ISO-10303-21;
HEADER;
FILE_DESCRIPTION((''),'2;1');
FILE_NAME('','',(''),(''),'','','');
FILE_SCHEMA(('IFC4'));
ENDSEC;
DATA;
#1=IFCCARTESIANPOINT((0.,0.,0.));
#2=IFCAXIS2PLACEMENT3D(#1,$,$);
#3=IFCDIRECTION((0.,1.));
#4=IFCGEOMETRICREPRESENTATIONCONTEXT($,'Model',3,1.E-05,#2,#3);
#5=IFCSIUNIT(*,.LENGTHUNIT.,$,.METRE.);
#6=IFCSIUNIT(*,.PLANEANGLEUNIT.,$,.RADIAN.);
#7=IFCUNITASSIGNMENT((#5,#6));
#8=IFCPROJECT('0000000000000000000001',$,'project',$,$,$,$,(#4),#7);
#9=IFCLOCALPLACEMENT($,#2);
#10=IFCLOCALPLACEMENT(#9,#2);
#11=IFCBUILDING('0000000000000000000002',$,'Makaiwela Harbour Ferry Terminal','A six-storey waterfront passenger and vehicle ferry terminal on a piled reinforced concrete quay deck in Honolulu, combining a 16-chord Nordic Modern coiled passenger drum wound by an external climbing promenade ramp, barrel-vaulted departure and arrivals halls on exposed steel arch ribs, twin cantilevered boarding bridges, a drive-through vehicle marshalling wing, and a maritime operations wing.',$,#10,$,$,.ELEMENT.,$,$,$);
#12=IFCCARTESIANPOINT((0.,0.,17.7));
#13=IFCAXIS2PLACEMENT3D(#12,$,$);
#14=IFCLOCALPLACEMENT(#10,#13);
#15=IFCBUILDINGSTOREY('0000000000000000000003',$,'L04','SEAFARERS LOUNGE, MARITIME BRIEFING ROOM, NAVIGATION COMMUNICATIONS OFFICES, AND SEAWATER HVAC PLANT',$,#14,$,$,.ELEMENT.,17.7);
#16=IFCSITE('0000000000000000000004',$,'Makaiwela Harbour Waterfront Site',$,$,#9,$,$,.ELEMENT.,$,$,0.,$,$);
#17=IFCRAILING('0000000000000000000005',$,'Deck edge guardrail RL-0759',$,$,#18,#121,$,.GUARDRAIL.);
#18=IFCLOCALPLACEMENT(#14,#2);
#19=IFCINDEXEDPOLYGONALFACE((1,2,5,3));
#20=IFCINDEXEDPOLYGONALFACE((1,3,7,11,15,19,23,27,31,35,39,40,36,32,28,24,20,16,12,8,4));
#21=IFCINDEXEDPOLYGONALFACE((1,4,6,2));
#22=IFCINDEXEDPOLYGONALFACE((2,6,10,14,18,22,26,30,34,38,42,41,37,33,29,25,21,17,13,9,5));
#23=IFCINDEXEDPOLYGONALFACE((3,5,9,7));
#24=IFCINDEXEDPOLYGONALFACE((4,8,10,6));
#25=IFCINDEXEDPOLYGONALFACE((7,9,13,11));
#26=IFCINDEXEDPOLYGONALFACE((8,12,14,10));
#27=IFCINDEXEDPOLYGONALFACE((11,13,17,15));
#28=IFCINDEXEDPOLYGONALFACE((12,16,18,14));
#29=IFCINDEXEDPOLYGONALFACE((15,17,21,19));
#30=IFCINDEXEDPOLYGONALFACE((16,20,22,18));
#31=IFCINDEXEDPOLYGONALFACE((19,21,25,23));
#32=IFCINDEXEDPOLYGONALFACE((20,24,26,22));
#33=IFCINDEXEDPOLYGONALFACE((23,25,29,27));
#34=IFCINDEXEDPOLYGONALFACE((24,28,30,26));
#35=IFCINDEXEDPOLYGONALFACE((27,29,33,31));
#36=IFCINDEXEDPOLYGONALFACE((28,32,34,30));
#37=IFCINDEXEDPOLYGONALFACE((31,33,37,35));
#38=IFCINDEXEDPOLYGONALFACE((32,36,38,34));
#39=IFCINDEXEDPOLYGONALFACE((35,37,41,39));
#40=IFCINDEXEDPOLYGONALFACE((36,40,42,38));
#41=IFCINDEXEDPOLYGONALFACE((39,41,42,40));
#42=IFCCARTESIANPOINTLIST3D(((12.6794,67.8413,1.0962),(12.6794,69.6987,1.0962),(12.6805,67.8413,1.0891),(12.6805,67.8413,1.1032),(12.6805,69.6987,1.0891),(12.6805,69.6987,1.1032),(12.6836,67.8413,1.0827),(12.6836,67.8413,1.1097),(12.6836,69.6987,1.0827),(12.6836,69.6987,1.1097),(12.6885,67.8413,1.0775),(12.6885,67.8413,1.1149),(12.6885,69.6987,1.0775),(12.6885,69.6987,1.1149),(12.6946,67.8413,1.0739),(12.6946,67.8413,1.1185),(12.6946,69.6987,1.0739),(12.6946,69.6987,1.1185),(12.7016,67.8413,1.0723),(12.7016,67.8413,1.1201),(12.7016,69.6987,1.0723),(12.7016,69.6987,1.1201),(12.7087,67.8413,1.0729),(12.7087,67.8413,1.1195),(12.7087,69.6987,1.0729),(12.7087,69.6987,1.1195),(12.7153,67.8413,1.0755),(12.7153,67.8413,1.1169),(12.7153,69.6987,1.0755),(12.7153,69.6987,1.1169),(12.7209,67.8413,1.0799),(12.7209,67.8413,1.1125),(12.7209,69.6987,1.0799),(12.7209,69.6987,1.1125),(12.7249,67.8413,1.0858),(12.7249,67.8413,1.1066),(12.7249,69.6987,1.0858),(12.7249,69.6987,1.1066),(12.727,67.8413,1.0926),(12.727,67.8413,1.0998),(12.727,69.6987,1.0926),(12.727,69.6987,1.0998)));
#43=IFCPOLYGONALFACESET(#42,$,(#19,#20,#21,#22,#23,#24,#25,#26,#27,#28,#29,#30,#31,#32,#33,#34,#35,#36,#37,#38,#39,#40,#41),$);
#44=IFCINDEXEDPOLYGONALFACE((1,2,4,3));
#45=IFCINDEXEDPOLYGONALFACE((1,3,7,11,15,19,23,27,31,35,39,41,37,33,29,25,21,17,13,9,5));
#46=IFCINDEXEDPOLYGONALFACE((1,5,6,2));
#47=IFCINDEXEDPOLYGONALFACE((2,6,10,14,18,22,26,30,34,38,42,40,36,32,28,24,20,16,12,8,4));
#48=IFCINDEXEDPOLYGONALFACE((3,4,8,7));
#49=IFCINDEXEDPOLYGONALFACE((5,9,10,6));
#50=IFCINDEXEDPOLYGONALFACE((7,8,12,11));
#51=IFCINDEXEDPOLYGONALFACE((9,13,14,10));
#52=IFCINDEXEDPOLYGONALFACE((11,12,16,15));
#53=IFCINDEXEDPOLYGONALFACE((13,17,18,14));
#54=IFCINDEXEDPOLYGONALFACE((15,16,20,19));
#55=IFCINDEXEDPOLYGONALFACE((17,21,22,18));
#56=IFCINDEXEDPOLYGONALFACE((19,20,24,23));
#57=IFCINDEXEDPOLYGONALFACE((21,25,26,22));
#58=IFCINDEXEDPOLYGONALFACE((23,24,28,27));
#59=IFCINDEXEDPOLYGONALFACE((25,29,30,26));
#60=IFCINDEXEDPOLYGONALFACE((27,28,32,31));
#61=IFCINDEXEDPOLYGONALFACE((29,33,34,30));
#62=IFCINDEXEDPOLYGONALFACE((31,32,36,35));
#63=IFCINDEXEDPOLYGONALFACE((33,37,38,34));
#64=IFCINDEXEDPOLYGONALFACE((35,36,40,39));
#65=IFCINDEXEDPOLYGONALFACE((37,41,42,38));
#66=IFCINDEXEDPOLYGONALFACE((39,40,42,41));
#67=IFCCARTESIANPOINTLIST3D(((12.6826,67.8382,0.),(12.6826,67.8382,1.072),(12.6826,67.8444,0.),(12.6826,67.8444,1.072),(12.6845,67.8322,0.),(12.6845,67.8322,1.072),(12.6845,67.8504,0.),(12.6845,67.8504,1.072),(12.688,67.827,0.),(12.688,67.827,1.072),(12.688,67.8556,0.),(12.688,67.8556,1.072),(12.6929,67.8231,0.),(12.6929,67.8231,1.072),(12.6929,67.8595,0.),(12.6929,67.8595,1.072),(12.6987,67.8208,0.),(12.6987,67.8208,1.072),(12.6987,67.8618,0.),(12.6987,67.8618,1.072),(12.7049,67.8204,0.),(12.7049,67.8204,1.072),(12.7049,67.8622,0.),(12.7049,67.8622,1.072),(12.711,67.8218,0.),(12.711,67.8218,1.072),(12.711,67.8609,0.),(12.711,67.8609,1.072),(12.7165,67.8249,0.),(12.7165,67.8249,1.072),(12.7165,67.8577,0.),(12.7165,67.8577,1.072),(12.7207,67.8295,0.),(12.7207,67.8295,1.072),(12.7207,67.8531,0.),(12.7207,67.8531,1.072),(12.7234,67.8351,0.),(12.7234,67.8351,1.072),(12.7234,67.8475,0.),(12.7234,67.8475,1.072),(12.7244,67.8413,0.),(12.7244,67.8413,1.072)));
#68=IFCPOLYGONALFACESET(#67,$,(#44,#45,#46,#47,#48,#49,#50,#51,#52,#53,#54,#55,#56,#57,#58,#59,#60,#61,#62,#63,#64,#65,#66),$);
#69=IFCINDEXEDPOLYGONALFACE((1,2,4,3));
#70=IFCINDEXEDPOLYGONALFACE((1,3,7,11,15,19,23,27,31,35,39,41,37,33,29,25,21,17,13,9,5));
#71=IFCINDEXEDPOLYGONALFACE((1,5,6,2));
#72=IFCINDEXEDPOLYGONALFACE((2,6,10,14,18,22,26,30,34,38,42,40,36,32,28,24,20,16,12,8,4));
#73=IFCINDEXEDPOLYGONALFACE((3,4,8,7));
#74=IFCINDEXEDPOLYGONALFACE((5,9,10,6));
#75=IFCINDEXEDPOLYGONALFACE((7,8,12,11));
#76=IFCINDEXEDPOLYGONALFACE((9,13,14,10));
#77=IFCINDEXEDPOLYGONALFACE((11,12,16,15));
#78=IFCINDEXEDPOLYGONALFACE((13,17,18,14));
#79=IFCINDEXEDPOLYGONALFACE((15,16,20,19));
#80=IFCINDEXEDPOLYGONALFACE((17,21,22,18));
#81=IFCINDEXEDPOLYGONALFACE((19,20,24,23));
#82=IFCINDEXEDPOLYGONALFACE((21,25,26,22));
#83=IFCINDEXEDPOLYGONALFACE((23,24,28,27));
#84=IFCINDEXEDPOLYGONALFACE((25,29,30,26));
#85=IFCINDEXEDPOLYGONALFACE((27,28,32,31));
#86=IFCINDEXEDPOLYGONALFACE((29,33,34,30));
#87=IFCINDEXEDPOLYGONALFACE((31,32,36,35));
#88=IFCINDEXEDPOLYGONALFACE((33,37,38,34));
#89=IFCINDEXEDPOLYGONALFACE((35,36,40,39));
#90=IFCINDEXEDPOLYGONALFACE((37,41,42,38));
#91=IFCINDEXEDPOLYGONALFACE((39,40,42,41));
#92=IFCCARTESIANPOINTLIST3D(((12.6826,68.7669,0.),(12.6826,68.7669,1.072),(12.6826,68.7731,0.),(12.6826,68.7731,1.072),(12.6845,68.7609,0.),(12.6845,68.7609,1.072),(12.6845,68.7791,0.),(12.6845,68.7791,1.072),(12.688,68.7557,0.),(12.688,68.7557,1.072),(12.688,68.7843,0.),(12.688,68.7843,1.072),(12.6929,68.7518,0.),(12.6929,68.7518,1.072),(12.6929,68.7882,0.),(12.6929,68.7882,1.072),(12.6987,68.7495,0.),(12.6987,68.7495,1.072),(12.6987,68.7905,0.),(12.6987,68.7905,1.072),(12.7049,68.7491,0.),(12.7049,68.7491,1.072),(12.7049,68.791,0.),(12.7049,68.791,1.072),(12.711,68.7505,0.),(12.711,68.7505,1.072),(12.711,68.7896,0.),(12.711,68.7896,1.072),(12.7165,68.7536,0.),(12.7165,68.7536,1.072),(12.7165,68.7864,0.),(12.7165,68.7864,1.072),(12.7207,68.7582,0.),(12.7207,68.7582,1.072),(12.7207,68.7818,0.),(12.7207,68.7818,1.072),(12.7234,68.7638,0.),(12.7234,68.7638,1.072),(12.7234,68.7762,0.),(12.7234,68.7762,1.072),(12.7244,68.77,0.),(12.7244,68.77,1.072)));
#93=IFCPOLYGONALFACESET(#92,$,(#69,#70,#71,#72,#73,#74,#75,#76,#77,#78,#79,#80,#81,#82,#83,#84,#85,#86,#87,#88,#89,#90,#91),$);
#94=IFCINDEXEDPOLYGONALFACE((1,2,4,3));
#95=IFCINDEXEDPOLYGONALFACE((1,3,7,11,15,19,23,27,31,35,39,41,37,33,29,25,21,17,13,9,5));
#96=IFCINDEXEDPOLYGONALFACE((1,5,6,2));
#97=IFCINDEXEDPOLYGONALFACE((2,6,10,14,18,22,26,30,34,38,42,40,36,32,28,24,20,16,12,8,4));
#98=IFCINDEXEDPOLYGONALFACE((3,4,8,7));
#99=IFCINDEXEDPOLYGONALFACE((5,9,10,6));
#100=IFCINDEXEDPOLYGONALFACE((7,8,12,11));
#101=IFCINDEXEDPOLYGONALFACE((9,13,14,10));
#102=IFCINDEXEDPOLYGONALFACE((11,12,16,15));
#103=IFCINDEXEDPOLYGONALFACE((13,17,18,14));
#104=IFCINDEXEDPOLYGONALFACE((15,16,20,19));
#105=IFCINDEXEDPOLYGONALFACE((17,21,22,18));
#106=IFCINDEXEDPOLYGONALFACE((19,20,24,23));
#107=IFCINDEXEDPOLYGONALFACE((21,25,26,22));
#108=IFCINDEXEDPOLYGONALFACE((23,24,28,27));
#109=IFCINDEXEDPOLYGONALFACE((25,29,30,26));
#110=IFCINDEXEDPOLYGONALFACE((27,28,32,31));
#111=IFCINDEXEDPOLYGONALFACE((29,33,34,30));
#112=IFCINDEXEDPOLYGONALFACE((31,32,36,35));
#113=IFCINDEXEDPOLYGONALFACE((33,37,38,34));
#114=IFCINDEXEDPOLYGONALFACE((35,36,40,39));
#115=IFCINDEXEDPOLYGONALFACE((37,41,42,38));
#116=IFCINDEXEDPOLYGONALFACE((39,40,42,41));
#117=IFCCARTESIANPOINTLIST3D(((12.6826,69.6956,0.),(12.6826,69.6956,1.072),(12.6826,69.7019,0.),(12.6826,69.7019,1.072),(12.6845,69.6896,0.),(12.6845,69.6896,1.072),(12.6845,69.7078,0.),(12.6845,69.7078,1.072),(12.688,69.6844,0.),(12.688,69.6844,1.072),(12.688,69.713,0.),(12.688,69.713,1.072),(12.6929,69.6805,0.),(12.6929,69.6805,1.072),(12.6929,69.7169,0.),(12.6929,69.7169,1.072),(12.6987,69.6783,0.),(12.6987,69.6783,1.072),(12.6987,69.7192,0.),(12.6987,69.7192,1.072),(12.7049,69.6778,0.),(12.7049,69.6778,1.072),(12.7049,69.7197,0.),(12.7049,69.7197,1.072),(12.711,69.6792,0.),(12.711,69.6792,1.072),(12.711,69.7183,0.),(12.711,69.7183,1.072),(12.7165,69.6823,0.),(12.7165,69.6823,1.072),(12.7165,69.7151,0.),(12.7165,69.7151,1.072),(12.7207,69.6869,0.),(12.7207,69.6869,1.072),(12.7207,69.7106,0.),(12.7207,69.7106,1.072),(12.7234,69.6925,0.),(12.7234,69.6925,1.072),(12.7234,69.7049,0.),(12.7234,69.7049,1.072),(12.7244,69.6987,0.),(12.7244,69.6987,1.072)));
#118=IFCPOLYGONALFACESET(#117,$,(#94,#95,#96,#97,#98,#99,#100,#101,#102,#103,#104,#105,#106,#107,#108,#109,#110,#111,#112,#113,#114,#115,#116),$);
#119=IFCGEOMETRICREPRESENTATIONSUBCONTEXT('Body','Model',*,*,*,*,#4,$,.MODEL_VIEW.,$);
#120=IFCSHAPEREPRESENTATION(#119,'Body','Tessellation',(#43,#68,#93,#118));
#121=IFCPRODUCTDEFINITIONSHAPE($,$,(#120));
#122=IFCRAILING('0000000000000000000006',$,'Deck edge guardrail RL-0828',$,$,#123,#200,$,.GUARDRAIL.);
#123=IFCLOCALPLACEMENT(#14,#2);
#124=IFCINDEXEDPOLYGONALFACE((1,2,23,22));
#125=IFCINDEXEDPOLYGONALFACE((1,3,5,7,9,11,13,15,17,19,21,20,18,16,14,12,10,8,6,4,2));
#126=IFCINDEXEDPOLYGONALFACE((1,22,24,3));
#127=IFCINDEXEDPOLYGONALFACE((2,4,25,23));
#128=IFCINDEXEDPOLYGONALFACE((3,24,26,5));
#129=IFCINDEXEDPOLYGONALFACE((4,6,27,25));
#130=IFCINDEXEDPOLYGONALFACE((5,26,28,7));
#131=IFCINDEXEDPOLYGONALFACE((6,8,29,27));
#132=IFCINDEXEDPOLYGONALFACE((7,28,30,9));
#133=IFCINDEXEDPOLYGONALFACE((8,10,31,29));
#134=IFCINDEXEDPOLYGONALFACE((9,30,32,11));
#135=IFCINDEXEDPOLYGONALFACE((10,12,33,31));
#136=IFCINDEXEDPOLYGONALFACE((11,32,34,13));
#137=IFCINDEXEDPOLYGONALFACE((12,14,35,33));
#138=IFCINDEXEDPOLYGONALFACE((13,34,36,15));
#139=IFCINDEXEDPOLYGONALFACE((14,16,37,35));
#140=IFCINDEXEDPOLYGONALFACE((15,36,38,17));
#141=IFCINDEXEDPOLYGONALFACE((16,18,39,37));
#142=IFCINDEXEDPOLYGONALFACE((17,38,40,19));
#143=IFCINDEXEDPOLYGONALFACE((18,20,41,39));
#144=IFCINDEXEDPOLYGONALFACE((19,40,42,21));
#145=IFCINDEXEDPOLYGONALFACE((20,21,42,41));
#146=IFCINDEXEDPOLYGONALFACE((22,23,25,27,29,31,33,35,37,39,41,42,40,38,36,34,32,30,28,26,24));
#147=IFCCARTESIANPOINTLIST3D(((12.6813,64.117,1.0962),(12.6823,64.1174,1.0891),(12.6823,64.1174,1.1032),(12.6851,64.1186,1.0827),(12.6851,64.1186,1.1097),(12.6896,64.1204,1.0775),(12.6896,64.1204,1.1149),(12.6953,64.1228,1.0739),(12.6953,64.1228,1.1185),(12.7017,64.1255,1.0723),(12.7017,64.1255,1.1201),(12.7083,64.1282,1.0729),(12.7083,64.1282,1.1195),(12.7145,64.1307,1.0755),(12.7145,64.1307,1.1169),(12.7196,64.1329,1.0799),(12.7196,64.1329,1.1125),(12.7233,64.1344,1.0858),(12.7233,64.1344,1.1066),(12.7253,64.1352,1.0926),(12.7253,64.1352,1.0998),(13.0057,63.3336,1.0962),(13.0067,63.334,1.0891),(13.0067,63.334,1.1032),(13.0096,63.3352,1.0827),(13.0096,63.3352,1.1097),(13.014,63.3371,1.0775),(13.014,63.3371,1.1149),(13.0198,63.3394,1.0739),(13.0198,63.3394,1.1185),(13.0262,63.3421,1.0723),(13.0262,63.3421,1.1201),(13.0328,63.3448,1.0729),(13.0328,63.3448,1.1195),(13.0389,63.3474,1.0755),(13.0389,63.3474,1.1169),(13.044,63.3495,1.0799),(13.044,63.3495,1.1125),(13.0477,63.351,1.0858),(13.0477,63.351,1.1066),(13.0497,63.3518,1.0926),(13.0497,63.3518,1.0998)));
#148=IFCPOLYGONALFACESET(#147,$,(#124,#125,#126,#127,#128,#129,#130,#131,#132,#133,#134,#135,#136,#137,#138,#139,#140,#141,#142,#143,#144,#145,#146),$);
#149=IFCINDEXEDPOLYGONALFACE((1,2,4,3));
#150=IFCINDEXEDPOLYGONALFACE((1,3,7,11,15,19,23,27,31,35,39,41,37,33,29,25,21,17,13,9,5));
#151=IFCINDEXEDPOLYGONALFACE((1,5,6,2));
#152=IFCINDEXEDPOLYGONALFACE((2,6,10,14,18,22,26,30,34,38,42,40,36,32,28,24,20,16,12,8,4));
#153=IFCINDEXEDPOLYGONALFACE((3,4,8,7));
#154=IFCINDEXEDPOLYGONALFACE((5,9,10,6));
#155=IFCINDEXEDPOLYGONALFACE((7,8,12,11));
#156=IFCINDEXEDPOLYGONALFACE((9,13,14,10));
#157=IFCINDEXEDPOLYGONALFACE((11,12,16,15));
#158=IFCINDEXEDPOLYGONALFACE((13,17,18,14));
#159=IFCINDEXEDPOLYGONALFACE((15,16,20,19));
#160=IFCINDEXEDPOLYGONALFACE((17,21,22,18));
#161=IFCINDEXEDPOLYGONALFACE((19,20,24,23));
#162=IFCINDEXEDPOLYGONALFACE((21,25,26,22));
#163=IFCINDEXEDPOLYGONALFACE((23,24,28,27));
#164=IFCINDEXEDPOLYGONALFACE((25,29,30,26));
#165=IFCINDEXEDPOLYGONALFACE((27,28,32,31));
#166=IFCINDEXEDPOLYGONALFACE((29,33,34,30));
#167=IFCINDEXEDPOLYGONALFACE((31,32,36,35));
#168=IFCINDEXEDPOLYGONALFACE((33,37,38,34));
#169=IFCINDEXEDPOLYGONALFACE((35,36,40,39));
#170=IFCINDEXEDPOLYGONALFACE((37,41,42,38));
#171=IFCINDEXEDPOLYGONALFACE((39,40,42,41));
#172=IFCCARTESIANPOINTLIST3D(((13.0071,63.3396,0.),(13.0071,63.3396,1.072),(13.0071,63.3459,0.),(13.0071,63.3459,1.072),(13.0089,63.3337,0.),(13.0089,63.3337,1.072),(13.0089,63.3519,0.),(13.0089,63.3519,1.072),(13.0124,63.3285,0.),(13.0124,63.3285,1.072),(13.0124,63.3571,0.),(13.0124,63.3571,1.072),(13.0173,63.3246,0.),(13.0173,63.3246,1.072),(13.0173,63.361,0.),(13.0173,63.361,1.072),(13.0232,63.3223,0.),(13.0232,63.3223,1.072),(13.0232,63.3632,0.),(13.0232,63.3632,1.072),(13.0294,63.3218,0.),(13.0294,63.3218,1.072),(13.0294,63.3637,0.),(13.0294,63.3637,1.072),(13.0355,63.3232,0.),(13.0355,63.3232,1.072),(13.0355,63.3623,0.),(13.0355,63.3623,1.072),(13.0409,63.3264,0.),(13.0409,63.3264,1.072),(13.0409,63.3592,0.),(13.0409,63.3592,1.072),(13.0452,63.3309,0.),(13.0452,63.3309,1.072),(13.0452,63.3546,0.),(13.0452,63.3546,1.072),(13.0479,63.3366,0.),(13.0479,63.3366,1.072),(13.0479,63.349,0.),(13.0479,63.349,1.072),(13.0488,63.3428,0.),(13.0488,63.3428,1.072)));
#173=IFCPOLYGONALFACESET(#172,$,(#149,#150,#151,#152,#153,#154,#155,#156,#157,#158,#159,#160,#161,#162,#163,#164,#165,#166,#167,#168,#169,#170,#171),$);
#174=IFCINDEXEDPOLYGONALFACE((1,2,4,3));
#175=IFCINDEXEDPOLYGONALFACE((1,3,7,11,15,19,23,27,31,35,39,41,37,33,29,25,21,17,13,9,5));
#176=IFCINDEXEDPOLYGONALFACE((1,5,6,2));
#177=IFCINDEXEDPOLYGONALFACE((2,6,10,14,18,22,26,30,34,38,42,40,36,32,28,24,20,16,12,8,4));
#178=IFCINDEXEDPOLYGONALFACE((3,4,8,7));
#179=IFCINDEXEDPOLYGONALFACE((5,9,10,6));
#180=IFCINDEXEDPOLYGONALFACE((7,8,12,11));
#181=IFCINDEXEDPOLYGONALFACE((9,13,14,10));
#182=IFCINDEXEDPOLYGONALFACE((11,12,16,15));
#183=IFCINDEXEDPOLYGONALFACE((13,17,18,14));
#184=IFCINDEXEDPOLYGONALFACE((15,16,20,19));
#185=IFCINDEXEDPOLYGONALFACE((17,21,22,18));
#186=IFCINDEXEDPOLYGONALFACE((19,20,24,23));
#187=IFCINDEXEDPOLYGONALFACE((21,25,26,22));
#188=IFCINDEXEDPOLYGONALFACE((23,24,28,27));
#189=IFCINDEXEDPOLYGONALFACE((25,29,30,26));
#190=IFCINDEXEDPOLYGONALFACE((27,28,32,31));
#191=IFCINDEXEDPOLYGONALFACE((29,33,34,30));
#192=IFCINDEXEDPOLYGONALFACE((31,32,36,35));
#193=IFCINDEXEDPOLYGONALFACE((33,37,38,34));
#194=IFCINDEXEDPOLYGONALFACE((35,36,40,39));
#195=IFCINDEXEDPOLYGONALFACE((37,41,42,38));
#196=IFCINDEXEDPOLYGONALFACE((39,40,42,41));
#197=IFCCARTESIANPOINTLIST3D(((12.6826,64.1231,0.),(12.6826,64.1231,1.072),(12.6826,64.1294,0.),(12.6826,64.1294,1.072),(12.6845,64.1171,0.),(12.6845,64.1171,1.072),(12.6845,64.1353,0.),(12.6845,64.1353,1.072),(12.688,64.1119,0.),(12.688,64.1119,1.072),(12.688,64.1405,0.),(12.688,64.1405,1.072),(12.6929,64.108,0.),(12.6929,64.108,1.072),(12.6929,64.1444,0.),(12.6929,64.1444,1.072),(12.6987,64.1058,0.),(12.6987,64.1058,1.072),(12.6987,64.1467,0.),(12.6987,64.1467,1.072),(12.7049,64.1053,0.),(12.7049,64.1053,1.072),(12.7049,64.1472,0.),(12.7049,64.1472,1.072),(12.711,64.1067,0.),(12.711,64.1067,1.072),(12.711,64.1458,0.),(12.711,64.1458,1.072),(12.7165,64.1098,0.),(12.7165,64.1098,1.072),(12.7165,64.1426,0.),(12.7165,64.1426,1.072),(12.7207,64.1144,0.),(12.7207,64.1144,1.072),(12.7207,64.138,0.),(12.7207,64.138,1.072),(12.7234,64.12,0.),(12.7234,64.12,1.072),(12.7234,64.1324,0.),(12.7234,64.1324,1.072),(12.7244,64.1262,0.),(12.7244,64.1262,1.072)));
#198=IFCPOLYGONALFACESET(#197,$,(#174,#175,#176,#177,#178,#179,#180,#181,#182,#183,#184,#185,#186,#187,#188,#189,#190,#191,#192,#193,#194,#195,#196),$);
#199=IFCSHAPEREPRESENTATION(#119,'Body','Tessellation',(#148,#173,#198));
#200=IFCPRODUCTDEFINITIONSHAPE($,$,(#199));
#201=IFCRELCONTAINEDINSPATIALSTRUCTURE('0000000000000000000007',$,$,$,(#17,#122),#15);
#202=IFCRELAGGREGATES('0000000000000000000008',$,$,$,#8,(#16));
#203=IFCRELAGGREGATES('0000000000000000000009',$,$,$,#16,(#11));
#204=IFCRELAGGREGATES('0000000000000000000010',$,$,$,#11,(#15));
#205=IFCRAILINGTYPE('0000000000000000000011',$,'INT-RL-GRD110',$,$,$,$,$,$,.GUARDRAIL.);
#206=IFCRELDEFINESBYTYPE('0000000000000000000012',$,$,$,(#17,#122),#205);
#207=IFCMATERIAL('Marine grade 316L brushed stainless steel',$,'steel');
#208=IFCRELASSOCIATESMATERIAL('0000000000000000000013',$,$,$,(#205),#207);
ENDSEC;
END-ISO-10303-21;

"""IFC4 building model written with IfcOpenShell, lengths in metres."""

from ifc_helpers import new_model, si_unit, direction, frame, origin, origin_2d, place, context, subcontext, project, spatial, circle, extrude, material, type_object, element, save


model = new_model("IFC4")

# Units and contexts
model_context = context("Model", 3, precision=1e-05, world=origin(), true_north=direction((0.0, 1.0)))
body_context = subcontext(model_context, "Body", "Model", "MODEL_VIEW")
ifc_project = project(units=[si_unit("LENGTHUNIT", "METRE"), si_unit("PLANEANGLEUNIT", "RADIAN")], contexts=[model_context])

# Site, building, storey
site_placement = place(None, origin())
site = spatial("IfcSite", under=ifc_project, at=site_placement, Name="Makaiwela Harbour Waterfront Site", CompositionType="ELEMENT", RefElevation=0.0)
building_placement = place(site_placement, origin())
building = spatial("IfcBuilding", under=site, at=building_placement, Name="Makaiwela Harbour Ferry Terminal", Description="A six-storey waterfront passenger and vehicle ferry terminal on a piled reinforced concrete quay deck in Honolulu, combining a 16-chord Nordic Modern coiled passenger drum wound by an external climbing promenade ramp, barrel-vaulted departure and arrivals halls on exposed steel arch ribs, twin cantilevered boarding bridges, a drive-through vehicle marshalling wing, and a maritime operations wing.", CompositionType="ELEMENT")
storey_placement = place(building_placement, frame((0.0, 0.0, 17.7)))
storey = spatial("IfcBuildingStorey", under=building, at=storey_placement, Name="L04", Description="SEAFARERS LOUNGE, MARITIME BRIEFING ROOM, NAVIGATION COMMUNICATIONS OFFICES, AND SEAWATER HVAC PLANT", CompositionType="ELEMENT", Elevation=17.7)

# Railings
ifc_material_1 = material(Name="Marine grade 316L brushed stainless steel", Category="steel")
railing_type = type_object("IfcRailingType", Name="INT-RL-GRD110", PredefinedType="GUARDRAIL", material=ifc_material_1)
railing_1_placement = place(storey_placement, frame((12.7034, 67.8413, 0.0)))
element("IfcRailing", 1, at=railing_1_placement, inside=storey, type_object=railing_type, Name="Deck edge guardrail RL-0759", PredefinedType="GUARDRAIL", context=body_context, shape_type="SweptSolid", body=[
    extrude(circle(Radius=0.0239, at=origin_2d()), frame((0.0, 0.0, 1.0962), z_axis=(0.0, 1.0, 0.0), x_axis=(-1.0, 0.0, 0.0)), (0.0, 0.0, 1.0), 1.8574),
    extrude(circle(Radius=0.021, at=origin_2d()), origin(), (0.0, 0.0, 1.0), 1.072),
    extrude(circle(Radius=0.021, at=origin_2d()), frame((0.0, 0.9287, 0.0)), (0.0, 0.0, 1.0), 1.072),
    extrude(circle(Radius=0.021, at=origin_2d()), frame((0.0, 1.8574, 0.0)), (0.0, 0.0, 1.0), 1.072),
])
railing_2_placement = place(storey_placement, frame((13.0278, 63.3428, 0.0)))
element("IfcRailing", 2, at=railing_2_placement, inside=storey, type_object=railing_type, Name="Deck edge guardrail RL-0828", PredefinedType="GUARDRAIL", context=body_context, shape_type="SweptSolid", body=[
    extrude(circle(Radius=0.0239, at=origin_2d()), frame((0.0, 0.0, 1.0962), z_axis=(-0.382632, 0.923901, 0.0), x_axis=(-0.923901, -0.382632, 0.0)), (0.0, 0.0, 1.0), 0.8479),
    extrude(circle(Radius=0.021, at=origin_2d()), origin(), (0.0, 0.0, 1.0), 1.072),
    extrude(circle(Radius=0.021, at=origin_2d()), frame((-0.3245, 0.7834, 0.0)), (0.0, 0.0, 1.0), 1.072),
])

save(model, "model.ifc")
